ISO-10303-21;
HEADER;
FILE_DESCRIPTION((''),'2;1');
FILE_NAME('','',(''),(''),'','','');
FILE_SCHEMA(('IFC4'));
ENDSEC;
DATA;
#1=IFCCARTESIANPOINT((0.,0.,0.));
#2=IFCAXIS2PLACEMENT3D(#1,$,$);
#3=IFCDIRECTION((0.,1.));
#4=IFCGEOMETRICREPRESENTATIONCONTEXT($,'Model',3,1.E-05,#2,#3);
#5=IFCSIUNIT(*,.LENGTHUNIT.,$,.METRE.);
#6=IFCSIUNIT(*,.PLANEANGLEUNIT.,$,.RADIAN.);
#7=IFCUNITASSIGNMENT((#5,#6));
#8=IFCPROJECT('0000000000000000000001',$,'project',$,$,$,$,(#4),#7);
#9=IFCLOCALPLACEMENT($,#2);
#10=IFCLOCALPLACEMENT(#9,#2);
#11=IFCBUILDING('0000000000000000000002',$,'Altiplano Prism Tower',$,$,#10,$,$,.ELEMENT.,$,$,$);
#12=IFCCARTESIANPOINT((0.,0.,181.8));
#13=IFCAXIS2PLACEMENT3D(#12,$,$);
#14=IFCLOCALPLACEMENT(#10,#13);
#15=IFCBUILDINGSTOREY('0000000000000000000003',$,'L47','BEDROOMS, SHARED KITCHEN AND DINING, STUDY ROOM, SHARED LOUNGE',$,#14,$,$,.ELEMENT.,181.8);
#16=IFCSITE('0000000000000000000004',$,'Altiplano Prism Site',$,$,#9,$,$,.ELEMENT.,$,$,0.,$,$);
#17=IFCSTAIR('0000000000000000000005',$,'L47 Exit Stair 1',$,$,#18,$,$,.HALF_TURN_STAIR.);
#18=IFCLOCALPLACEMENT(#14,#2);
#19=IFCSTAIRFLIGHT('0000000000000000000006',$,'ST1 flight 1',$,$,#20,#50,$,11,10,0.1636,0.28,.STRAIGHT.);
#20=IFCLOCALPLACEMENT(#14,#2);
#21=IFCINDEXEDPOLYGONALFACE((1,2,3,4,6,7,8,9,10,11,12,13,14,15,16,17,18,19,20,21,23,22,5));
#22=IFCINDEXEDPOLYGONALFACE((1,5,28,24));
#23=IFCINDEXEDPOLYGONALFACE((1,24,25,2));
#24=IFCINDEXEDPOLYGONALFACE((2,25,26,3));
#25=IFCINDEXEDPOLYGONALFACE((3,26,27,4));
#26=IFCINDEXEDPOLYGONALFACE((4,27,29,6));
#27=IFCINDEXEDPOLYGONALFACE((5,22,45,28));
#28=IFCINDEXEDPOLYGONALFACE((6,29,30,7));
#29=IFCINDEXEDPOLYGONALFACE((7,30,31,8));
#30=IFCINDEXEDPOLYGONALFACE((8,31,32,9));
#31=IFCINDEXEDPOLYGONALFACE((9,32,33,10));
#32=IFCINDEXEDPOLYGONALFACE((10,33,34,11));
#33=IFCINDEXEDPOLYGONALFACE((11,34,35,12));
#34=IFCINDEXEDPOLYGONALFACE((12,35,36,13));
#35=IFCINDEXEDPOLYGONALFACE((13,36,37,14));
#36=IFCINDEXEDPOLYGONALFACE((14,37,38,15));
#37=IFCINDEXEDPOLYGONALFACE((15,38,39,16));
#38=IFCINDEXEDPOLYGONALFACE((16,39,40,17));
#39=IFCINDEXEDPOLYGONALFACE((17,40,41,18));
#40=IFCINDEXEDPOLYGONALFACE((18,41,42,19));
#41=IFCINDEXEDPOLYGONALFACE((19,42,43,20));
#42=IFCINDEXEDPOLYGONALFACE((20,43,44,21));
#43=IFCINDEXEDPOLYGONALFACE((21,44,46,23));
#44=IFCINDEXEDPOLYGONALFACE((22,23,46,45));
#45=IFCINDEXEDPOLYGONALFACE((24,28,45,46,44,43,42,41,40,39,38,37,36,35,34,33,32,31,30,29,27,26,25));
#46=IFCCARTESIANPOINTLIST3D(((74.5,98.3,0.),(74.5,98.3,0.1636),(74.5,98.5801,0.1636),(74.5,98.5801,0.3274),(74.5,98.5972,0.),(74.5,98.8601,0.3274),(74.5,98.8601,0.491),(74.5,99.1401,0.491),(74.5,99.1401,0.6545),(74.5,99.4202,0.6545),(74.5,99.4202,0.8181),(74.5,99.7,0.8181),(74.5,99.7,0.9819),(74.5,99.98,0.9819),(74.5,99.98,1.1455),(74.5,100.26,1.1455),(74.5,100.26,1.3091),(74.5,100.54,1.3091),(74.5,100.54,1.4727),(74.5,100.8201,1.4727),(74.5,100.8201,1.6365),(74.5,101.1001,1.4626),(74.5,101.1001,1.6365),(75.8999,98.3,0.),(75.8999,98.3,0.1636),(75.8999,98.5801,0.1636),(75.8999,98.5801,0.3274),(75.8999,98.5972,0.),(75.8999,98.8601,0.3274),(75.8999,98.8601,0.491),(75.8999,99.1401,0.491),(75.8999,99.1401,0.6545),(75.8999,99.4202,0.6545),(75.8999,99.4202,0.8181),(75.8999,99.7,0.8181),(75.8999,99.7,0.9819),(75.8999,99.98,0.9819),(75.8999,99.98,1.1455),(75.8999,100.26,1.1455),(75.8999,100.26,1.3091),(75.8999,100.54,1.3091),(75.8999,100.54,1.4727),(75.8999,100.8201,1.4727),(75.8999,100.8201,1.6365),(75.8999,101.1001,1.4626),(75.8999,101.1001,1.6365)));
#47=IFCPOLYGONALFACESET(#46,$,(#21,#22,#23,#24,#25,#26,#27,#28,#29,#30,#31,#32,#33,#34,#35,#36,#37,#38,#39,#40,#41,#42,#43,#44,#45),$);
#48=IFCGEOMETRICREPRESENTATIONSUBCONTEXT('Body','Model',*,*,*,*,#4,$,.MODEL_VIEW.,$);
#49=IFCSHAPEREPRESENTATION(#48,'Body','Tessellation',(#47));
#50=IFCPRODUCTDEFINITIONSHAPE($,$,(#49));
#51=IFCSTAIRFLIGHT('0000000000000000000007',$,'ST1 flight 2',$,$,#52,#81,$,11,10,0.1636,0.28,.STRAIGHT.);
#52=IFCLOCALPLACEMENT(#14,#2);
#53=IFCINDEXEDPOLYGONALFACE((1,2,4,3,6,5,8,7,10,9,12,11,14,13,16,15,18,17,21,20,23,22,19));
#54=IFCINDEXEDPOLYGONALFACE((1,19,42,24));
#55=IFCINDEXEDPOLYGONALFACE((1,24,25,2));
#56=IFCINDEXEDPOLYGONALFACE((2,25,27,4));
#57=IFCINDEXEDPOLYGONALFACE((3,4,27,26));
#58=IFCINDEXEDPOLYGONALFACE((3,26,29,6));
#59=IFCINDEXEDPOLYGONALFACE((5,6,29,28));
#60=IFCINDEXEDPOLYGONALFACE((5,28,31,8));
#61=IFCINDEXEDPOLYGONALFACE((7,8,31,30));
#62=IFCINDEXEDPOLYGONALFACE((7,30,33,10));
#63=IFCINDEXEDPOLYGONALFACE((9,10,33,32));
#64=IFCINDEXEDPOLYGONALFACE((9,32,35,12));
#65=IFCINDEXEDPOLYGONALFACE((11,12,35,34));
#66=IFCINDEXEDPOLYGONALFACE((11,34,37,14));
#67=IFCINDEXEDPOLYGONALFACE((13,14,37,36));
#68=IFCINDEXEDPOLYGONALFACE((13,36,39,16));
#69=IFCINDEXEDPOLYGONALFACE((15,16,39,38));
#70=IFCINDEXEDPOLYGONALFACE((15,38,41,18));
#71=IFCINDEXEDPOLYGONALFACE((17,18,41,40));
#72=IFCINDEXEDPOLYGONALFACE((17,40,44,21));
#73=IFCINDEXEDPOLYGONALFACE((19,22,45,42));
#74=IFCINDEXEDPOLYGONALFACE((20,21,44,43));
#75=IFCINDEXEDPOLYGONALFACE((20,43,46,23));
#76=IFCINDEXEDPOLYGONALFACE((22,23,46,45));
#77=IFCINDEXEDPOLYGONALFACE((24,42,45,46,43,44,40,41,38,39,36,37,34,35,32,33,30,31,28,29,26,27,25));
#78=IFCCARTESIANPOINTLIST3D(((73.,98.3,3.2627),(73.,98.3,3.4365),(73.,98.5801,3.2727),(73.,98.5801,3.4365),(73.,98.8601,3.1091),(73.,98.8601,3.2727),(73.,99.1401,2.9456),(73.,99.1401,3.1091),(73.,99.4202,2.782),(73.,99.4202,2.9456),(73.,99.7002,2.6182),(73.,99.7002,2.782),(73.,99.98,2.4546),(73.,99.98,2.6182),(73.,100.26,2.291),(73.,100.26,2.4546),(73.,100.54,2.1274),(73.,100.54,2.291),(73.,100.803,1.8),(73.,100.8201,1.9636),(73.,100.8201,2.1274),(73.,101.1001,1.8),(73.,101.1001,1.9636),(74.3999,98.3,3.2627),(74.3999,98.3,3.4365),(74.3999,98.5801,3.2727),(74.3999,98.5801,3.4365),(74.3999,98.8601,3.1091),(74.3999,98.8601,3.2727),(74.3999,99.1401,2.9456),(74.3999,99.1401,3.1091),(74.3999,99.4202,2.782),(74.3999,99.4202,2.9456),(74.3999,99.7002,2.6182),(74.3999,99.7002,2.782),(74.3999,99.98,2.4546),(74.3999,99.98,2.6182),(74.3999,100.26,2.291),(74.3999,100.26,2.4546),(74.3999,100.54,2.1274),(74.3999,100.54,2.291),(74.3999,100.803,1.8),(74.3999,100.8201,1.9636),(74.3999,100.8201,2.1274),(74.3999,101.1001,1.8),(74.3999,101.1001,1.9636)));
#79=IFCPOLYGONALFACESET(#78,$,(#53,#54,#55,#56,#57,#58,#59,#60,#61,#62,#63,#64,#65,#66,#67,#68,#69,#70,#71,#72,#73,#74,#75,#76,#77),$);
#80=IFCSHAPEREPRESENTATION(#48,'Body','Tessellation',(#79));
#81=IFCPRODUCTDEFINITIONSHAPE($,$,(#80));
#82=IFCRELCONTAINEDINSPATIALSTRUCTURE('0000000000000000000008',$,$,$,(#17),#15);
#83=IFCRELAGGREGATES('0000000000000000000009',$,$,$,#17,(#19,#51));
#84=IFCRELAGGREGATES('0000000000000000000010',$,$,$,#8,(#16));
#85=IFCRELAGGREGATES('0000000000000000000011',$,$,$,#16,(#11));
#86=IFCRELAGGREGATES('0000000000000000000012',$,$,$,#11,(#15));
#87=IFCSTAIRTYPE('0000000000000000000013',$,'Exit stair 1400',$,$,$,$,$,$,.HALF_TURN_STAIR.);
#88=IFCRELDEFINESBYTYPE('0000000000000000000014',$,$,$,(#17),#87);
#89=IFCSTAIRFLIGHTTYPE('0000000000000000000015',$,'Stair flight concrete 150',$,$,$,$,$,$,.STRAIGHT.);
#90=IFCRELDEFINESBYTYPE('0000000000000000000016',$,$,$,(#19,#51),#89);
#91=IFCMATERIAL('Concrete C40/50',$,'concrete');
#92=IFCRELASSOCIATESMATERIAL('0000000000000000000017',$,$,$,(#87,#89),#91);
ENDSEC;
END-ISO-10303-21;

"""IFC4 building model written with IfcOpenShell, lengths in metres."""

from ifc_helpers import new_model, si_unit, direction, frame, origin, place, context, subcontext, project, spatial, polyline, outline, extrude, material, type_object, element, aggregate, save


model = new_model("IFC4")

# Units and contexts
model_context = context("Model", 3, precision=1e-05, world=origin(), true_north=direction((0.0, 1.0)))
body_context = subcontext(model_context, "Body", "Model", "MODEL_VIEW")
ifc_project = project(units=[si_unit("LENGTHUNIT", "METRE"), si_unit("PLANEANGLEUNIT", "RADIAN")], contexts=[model_context])

# Site, building, storey
site_placement = place(None, origin())
site = spatial("IfcSite", under=ifc_project, at=site_placement, Name="Altiplano Prism Site", CompositionType="ELEMENT", RefElevation=0.0)
building_placement = place(site_placement, origin())
building = spatial("IfcBuilding", under=site, at=building_placement, Name="Altiplano Prism Tower", CompositionType="ELEMENT")
storey_placement = place(building_placement, frame((0.0, 0.0, 181.8)))
storey = spatial("IfcBuildingStorey", under=building, at=storey_placement, Name="L47", Description="BEDROOMS, SHARED KITCHEN AND DINING, STUDY ROOM, SHARED LOUNGE", CompositionType="ELEMENT", Elevation=181.8)

# Stair, stair flights
ifc_material_1 = material(Name="Concrete C40/50", Category="concrete")
stair_type = type_object("IfcStairType", Name="Exit stair 1400", PredefinedType="HALF_TURN_STAIR", material=ifc_material_1)
stair_placement = place(storey_placement, origin())
stair = element("IfcStair", 1, at=stair_placement, inside=storey, type_object=stair_type, Name="L47 Exit Stair 1", PredefinedType="HALF_TURN_STAIR")
stair_flight_type = type_object("IfcStairFlightType", Name="Stair flight concrete 150", PredefinedType="STRAIGHT", material=ifc_material_1)
stair_flight_1_placement = place(storey_placement, frame((75.2, 98.3, 0.0), z_axis=(0.0, 0.0, 1.0), x_axis=(0.0, 1.0, 0.0)))
stair_flight_1 = element("IfcStairFlight", 2, at=stair_flight_1_placement, type_object=stair_flight_type, Name="ST1 flight 1", NumberOfRisers=11, NumberOfTreads=10, PredefinedType="STRAIGHT", RiserHeight=0.1636, TreadLength=0.28, context=body_context, shape_type="SweptSolid", body=[
    extrude(outline(polyline([(0.0, 0.0), (0.0, 0.1636), (0.28, 0.1636), (0.28, 0.3274), (0.5601, 0.3274), (0.5601, 0.491), (0.8401, 0.491), (0.8401, 0.6545), (1.1201, 0.6545), (1.1201, 0.8181), (1.3999, 0.8181), (1.3999, 0.9819), (1.6799, 0.9819), (1.6799, 1.1455), (1.96, 1.1455), (1.96, 1.3091), (2.24, 1.3091), (2.24, 1.4727), (2.52, 1.4727), (2.52, 1.6365), (2.8, 1.6365), (2.8, 1.8), (2.8, 1.4626), (0.2971, 0.0), (0.0, 0.0)])), frame((0.0, 0.7, 0.0), z_axis=(0.0, -1.0, 0.0), x_axis=(1.0, 0.0, 0.0)), (0.0, 0.0, 1.0), 1.3999),
])
stair_flight_2_placement = place(storey_placement, frame((73.7, 101.1001, 1.8), z_axis=(0.0, 0.0, 1.0), x_axis=(0.0, -1.0, 0.0)))
stair_flight_2 = element("IfcStairFlight", 3, at=stair_flight_2_placement, type_object=stair_flight_type, Name="ST1 flight 2", NumberOfRisers=11, NumberOfTreads=10, PredefinedType="STRAIGHT", RiserHeight=0.1636, TreadLength=0.28, context=body_context, shape_type="SweptSolid", body=[
    extrude(outline(polyline([(0.0, 0.0), (0.0, 0.1636), (0.28, 0.1636), (0.28, 0.3274), (0.5601, 0.3274), (0.5601, 0.491), (0.8401, 0.491), (0.8401, 0.6545), (1.1201, 0.6545), (1.1201, 0.8181), (1.3999, 0.8181), (1.3999, 0.9819), (1.6799, 0.9819), (1.6799, 1.1455), (1.96, 1.1455), (1.96, 1.3091), (2.24, 1.3091), (2.24, 1.4727), (2.52, 1.4727), (2.52, 1.6365), (2.8, 1.6365), (2.8, 1.8), (2.8, 1.4626), (0.2971, 0.0), (0.0, 0.0)])), frame((0.0, 0.7, 0.0), z_axis=(0.0, -1.0, 0.0), x_axis=(1.0, 0.0, 0.0)), (0.0, 0.0, 1.0), 1.3999),
])
aggregate(stair, [stair_flight_1, stair_flight_2])

save(model, "model.ifc")
